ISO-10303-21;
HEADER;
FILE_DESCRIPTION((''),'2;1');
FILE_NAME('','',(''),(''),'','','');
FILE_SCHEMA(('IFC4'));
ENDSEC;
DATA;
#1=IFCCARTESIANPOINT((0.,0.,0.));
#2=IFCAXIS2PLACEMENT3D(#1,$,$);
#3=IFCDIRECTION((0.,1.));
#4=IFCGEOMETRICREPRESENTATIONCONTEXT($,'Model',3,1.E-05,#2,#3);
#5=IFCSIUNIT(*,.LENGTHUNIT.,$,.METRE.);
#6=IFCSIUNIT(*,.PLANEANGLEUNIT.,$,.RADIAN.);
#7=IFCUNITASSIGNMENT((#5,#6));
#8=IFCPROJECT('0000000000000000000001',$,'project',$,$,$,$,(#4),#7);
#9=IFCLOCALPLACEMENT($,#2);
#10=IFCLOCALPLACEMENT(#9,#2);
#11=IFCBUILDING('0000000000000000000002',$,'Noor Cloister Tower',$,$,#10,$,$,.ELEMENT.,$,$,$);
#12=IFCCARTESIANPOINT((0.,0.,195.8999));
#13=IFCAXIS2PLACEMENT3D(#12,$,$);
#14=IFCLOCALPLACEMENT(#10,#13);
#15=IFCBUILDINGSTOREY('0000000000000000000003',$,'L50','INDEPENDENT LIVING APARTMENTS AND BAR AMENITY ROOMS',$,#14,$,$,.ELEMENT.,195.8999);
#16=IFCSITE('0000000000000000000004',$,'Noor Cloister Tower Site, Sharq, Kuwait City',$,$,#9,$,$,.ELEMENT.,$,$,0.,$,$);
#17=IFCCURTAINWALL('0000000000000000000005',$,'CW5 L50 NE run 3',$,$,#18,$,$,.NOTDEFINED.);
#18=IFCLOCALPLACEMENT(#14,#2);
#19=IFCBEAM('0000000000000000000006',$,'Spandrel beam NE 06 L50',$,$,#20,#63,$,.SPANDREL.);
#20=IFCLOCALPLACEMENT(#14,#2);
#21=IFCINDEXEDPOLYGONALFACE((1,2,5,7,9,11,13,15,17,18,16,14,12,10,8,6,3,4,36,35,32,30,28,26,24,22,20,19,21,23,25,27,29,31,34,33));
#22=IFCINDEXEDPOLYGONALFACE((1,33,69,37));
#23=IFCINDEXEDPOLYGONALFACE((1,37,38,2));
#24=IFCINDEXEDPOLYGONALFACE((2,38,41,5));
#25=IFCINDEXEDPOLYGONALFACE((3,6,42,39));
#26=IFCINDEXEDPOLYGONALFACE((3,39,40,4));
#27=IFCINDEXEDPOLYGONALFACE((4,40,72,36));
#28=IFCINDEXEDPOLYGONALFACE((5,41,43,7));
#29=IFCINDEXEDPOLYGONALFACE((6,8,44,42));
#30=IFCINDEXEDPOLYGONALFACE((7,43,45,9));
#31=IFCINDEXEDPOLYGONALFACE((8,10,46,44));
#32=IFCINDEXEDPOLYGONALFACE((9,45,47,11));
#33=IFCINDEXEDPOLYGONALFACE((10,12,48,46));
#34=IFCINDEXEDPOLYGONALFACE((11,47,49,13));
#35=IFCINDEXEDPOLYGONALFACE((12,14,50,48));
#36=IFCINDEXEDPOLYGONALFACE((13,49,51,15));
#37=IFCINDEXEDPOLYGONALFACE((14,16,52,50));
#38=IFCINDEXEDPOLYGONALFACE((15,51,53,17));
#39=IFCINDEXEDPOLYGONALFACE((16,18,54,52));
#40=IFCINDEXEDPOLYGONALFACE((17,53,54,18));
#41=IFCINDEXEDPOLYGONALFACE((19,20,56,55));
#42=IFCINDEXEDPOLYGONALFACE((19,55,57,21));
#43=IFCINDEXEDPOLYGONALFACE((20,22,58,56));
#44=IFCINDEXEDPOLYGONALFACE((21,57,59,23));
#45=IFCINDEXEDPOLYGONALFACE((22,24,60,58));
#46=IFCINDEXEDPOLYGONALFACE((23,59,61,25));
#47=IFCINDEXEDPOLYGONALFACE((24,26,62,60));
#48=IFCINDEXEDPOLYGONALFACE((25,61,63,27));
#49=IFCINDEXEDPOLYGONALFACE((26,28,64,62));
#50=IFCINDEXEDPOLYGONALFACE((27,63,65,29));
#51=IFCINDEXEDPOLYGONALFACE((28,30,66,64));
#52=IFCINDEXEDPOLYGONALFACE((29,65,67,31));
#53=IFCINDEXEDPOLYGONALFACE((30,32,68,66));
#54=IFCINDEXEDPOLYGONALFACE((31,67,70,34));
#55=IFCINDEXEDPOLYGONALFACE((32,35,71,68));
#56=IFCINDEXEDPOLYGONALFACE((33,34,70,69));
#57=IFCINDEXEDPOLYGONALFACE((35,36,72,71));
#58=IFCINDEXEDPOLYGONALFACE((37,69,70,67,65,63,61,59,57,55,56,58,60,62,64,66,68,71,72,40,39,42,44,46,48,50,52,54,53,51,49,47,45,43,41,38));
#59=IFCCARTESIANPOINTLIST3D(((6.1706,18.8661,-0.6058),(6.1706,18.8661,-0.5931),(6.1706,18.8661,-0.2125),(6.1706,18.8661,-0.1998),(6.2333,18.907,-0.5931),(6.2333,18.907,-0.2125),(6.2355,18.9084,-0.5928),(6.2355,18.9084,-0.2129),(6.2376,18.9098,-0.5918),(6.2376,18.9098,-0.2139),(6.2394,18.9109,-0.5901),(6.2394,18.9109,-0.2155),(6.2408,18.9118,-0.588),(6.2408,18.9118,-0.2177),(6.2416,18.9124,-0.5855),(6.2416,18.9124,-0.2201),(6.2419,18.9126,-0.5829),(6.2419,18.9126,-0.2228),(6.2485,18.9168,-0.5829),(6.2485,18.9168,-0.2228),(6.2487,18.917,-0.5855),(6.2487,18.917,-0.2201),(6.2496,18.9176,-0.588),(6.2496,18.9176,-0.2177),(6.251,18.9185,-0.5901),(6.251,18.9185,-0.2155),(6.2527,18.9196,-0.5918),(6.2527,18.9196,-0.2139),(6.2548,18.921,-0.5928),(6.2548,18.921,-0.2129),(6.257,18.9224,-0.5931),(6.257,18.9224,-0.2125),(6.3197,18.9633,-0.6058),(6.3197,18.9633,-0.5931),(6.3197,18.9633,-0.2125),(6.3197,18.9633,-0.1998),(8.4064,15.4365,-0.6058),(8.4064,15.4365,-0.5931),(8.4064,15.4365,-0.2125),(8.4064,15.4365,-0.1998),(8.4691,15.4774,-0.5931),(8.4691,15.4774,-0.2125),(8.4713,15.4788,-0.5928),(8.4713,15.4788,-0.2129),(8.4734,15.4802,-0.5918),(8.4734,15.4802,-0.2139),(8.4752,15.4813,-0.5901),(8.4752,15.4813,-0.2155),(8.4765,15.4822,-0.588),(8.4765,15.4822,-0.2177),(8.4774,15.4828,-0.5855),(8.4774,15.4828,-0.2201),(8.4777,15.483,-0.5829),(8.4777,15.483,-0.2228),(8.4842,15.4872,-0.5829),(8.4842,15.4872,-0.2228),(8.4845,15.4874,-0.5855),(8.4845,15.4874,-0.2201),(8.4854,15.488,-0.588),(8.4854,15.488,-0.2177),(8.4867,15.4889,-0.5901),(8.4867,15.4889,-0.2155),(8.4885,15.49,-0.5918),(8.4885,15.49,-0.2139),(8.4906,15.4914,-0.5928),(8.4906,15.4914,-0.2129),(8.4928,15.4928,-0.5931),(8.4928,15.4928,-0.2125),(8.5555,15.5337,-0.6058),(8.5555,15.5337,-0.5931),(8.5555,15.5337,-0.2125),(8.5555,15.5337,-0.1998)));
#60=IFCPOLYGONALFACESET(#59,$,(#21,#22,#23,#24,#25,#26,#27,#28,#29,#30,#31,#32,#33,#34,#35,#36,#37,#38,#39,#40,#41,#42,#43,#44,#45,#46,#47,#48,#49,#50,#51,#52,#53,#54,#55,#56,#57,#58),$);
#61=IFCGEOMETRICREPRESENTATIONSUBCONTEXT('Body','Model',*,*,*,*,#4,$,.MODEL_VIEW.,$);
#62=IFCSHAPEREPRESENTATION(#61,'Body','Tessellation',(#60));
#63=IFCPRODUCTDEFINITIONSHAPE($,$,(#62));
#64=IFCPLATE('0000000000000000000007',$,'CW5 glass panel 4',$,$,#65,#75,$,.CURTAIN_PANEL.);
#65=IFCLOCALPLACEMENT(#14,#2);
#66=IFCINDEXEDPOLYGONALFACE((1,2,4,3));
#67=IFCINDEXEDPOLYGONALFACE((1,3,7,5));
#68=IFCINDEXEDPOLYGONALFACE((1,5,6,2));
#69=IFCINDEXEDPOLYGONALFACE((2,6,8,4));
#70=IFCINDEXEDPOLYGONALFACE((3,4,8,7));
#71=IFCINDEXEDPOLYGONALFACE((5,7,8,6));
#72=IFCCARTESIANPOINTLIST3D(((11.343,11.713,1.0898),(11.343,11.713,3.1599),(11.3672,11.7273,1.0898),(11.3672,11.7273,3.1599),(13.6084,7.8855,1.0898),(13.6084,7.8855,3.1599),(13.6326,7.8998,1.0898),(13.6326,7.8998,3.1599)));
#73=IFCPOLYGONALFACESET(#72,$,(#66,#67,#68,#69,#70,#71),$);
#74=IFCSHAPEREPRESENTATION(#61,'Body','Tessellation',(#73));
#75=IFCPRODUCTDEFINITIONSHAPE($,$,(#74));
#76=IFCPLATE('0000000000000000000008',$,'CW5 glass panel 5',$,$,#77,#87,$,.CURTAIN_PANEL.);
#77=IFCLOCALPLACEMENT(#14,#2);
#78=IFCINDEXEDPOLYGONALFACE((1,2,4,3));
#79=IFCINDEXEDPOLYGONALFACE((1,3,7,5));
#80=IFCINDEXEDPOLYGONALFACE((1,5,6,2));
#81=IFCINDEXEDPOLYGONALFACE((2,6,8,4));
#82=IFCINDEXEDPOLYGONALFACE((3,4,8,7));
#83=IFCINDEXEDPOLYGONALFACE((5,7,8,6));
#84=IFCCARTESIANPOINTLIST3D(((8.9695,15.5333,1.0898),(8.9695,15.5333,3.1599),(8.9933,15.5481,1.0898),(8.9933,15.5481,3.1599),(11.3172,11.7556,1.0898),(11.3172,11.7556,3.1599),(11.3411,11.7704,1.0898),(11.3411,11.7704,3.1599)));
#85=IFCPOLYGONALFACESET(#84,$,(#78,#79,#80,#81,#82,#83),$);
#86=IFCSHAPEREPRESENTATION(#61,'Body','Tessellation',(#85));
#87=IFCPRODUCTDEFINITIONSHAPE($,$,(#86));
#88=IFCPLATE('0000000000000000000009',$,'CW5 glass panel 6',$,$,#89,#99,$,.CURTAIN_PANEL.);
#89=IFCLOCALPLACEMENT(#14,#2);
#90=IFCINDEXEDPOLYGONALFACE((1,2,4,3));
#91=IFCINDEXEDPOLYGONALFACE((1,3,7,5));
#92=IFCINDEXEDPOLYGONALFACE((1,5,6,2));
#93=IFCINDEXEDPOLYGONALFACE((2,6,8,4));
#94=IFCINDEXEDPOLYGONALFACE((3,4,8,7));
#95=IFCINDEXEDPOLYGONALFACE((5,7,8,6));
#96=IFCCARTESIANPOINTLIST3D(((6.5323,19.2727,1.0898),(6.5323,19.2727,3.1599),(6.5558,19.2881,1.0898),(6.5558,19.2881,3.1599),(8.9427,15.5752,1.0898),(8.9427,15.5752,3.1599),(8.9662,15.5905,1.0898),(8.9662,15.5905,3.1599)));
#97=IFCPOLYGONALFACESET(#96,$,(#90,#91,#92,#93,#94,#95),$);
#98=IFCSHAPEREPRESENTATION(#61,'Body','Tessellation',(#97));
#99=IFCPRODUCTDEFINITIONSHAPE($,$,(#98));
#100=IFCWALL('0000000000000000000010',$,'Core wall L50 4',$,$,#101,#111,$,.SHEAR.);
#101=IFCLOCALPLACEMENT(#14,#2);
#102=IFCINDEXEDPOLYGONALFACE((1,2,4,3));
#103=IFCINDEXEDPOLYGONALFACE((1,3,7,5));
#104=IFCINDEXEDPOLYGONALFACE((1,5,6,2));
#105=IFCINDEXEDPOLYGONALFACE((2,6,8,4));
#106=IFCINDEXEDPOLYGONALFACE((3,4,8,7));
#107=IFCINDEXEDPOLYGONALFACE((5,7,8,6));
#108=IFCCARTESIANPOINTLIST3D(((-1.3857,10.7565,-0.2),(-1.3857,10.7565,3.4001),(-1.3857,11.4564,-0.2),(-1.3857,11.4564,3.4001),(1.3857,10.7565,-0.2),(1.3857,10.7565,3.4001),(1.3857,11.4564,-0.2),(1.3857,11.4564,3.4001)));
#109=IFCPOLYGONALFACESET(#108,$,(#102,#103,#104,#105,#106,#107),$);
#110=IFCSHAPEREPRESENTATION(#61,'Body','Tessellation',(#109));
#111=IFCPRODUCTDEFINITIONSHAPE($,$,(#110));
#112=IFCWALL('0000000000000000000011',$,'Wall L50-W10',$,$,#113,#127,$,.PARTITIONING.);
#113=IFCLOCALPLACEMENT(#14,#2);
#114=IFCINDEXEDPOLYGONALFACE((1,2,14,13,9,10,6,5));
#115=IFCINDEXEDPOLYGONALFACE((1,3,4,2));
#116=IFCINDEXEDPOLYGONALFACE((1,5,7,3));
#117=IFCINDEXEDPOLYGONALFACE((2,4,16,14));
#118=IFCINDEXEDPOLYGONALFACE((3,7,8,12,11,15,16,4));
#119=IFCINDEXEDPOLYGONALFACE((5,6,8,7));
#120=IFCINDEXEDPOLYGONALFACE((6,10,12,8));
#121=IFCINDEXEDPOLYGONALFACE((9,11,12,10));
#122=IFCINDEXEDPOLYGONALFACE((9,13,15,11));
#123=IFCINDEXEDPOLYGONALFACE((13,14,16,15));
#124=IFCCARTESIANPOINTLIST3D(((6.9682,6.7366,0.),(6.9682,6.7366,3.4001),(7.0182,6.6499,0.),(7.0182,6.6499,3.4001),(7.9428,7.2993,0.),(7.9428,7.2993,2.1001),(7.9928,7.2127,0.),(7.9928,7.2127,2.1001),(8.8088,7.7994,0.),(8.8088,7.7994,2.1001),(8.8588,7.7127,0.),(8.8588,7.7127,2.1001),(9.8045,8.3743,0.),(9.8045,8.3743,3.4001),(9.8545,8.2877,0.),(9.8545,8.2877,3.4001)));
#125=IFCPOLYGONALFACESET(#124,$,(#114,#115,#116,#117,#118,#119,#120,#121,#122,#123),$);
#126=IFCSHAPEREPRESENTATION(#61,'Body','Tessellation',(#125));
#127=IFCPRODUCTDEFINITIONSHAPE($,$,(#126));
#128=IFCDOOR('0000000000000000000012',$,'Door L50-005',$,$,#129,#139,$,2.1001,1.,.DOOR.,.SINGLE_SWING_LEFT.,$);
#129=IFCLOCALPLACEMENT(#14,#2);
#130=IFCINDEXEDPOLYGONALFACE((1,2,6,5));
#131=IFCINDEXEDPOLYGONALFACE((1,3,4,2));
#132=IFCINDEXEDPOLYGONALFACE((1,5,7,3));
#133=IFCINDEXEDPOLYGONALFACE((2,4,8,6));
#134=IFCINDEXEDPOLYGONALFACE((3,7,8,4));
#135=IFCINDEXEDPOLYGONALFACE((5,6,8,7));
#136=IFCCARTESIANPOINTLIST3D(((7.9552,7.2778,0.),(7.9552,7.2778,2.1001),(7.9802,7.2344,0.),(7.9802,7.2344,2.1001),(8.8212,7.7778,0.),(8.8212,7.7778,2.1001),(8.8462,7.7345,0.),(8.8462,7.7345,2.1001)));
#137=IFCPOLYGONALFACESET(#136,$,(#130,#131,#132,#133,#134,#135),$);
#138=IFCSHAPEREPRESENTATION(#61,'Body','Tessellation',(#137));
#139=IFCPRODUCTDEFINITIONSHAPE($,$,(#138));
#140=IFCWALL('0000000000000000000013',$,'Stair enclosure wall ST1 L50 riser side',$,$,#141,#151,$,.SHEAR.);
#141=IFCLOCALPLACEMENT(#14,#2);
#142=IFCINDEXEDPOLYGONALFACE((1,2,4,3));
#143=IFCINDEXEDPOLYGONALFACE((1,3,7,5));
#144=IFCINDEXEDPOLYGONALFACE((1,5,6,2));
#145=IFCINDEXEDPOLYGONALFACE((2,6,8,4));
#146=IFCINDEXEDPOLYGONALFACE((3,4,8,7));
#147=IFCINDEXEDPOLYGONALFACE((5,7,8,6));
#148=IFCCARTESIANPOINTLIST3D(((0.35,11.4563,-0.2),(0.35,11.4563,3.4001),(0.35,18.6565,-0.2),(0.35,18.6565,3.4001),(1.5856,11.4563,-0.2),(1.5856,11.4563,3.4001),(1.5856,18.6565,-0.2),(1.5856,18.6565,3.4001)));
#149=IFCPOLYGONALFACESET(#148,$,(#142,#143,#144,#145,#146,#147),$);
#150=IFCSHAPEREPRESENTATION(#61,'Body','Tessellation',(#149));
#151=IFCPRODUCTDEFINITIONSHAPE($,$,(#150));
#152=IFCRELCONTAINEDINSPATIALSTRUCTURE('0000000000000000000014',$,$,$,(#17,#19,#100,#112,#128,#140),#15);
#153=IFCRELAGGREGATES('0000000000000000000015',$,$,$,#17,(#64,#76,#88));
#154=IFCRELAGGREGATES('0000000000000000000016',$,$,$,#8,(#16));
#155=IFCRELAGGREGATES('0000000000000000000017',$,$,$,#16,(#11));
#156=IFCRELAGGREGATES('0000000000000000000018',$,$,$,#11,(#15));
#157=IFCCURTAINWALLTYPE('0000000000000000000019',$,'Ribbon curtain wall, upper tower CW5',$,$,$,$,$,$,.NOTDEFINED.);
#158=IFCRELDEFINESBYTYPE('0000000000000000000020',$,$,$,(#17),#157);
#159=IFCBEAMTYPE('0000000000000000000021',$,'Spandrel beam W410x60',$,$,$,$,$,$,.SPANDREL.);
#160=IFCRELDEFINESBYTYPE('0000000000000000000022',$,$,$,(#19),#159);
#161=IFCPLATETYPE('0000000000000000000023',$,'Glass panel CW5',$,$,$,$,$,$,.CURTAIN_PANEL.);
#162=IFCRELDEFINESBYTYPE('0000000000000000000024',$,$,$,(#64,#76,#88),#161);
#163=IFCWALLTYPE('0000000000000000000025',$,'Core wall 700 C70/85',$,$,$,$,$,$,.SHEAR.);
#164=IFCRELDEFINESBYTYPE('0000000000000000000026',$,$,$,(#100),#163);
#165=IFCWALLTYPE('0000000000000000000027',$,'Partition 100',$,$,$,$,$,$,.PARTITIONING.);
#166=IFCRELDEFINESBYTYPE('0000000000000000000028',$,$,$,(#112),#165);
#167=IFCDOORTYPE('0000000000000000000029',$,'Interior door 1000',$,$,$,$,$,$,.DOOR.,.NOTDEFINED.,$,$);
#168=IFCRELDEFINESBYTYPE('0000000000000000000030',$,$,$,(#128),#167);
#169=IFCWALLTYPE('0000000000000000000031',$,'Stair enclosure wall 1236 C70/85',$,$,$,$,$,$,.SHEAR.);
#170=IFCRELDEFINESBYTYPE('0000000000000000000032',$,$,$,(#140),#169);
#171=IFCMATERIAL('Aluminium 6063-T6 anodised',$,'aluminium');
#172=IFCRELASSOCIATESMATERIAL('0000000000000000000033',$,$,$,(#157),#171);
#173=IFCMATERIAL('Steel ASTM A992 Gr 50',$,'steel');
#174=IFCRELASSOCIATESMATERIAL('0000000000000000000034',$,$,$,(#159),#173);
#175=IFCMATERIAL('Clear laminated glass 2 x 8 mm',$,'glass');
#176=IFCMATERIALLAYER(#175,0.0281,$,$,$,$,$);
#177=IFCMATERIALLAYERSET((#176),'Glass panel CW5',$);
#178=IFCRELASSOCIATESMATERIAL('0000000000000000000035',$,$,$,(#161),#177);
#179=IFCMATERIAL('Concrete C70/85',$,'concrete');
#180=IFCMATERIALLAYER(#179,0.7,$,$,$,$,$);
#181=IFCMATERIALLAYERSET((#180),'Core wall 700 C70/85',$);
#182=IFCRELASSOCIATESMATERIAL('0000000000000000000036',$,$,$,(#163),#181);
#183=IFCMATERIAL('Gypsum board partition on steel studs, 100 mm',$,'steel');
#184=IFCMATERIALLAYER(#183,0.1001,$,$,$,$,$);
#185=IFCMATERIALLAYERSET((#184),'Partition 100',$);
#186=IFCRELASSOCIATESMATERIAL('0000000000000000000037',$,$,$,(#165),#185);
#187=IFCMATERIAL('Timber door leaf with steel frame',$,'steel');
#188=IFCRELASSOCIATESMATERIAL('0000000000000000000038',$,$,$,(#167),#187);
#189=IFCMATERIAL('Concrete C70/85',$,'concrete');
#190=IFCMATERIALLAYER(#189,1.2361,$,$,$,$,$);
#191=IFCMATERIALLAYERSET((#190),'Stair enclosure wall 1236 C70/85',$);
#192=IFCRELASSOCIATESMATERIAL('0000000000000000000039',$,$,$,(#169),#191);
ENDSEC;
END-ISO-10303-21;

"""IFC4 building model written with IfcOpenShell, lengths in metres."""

from ifc_helpers import new_model, si_unit, direction, frame, frame_2d, origin, origin_2d, place, context, subcontext, project, spatial, rectangle, i_section, extrude, material, layer, layer_set, material_profile, profile_set, type_object, element, fill, aggregate, save


model = new_model("IFC4")

# Units and contexts
model_context = context("Model", 3, precision=1e-05, world=origin(), true_north=direction((0.0, 1.0)))
body_context = subcontext(model_context, "Body", "Model", "MODEL_VIEW")
ifc_project = project(units=[si_unit("LENGTHUNIT", "METRE"), si_unit("PLANEANGLEUNIT", "RADIAN")], contexts=[model_context])

# Site, building, storey
site_placement = place(None, origin())
site = spatial("IfcSite", under=ifc_project, at=site_placement, Name="Noor Cloister Tower Site, Sharq, Kuwait City", CompositionType="ELEMENT", RefElevation=0.0)
building_placement = place(site_placement, origin())
building = spatial("IfcBuilding", under=site, at=building_placement, Name="Noor Cloister Tower", CompositionType="ELEMENT")
storey_placement = place(building_placement, frame((0.0, 0.0, 195.8999)))
storey = spatial("IfcBuildingStorey", under=building, at=storey_placement, Name="L50", Description="INDEPENDENT LIVING APARTMENTS AND BAR AMENITY ROOMS", CompositionType="ELEMENT", Elevation=195.8999)

# Curtain wall
ifc_material_1 = material(Name="Aluminium 6063-T6 anodised", Category="aluminium")
curtain_wall_type = type_object("IfcCurtainWallType", Name="Ribbon curtain wall, upper tower CW5", PredefinedType="NOTDEFINED", material=ifc_material_1)
curtain_wall_placement = place(storey_placement, origin())
curtain_wall = element("IfcCurtainWall", 1, at=curtain_wall_placement, inside=storey, type_object=curtain_wall_type, Name="CW5 L50 NE run 3", PredefinedType="NOTDEFINED")

# Beam
ifc_material_2 = material(Name="Steel ASTM A992 Gr 50", Category="steel")
ifc_material_profile_1 = material_profile(ifc_material_2, i_section(OverallWidth=0.178, OverallDepth=0.406, WebThickness=0.0078, FlangeThickness=0.0127, FilletRadius=0.0103, at=origin_2d()), Name="W410x60")
ifc_profile_set_1 = profile_set([ifc_material_profile_1], Name="Steel ASTM A992 Gr 50")
beam_type_1 = type_object("IfcBeamType", Name="Spandrel beam W410x60", PredefinedType="SPANDREL", material=ifc_profile_set_1)
for number, where, z_axis, x_axis, name in (
    (2, (8.481, 15.4851, -0.4028), (-0.546111, 0.837713, 0.0), (-0.837713, -0.546111, 0.0), "Spandrel beam NE 06 L50"),
):
    element("IfcBeam", number, at=place(storey_placement, frame(where, z_axis=z_axis, x_axis=x_axis)), inside=storey, type_object=beam_type_1, Name=name, PredefinedType="SPANDREL", context=body_context, shape_type="SweptSolid", body=[
        extrude(i_section(OverallWidth=0.178, OverallDepth=0.406, WebThickness=0.0078, FlangeThickness=0.0127, FilletRadius=0.0103, at=origin_2d()), origin(), (0.0, 0.0, 1.0), 4.094),
    ])

# Plates
ifc_material_3 = material(Name="Clear laminated glass 2 x 8 mm", Category="glass")
ifc_layer_1 = layer(ifc_material_3, 0.0281)
ifc_layer_set_1 = layer_set([ifc_layer_1], Name="Glass panel CW5")
plate_type = type_object("IfcPlateType", Name="Glass panel CW5", PredefinedType="CURTAIN_PANEL", material=ifc_layer_set_1)
plate_1_placement = place(storey_placement, frame((12.4878, 9.8064, 1.0898), z_axis=(0.0, 0.0, 1.0), x_axis=(-0.509341, 0.860565, 0.0)))
plate_1 = element("IfcPlate", 3, at=plate_1_placement, type_object=plate_type, Name="CW5 glass panel 4", PredefinedType="CURTAIN_PANEL", context=body_context, shape_type="SweptSolid", body=[
    extrude(rectangle(XDim=4.4478, YDim=0.0281, at=origin_2d()), origin(), (0.0, 0.0, 1.0), 2.0701),
])
plate_2_placement = place(storey_placement, frame((10.1553, 13.6519, 1.0898), z_axis=(0.0, 0.0, 1.0), x_axis=(-0.527843, 0.849342, 0.0)))
plate_2 = element("IfcPlate", 4, at=plate_2_placement, type_object=plate_type, Name="CW5 glass panel 5", PredefinedType="CURTAIN_PANEL", context=body_context, shape_type="SweptSolid", body=[
    extrude(rectangle(XDim=4.4478, YDim=0.0281, at=origin_2d()), origin(), (0.0, 0.0, 1.0), 2.0701),
])
plate_3_placement = place(storey_placement, frame((7.7493, 17.4316, 1.0898), z_axis=(0.0, 0.0, 1.0), x_axis=(-0.546098, 0.837721, 0.0)))
plate_3 = element("IfcPlate", 5, at=plate_3_placement, type_object=plate_type, Name="CW5 glass panel 6", PredefinedType="CURTAIN_PANEL", context=body_context, shape_type="SweptSolid", body=[
    extrude(rectangle(XDim=4.4138, YDim=0.0281, at=origin_2d()), origin(), (0.0, 0.0, 1.0), 2.0701),
])
aggregate(curtain_wall, [plate_1, plate_2, plate_3])

# Wall
ifc_material_4 = material(Name="Concrete C70/85", Category="concrete")
ifc_layer_2 = layer(ifc_material_4, 0.7)
ifc_layer_set_2 = layer_set([ifc_layer_2], Name="Core wall 700 C70/85")
wall_type_1 = type_object("IfcWallType", Name="Core wall 700 C70/85", PredefinedType="SHEAR", material=ifc_layer_set_2)
wall_1_placement = place(storey_placement, frame((1.3857, 11.1064, -0.2), z_axis=(0.0, 0.0, 1.0), x_axis=(-1.0, 0.0, 0.0)))
element("IfcWall", 6, at=wall_1_placement, inside=storey, type_object=wall_type_1, Name="Core wall L50 4", PredefinedType="SHEAR", context=body_context, shape_type="SweptSolid", body=[
    extrude(rectangle(XDim=2.7715, YDim=0.7, at=frame_2d((1.3857, 0.0))), origin(), (0.0, 0.0, 1.0), 3.6001),
])

# Wall, opening, door
ifc_material_5 = material(Name="Gypsum board partition on steel studs, 100 mm", Category="steel")
ifc_layer_3 = layer(ifc_material_5, 0.1001)
ifc_layer_set_3 = layer_set([ifc_layer_3], Name="Partition 100")
wall_type_2 = type_object("IfcWallType", Name="Partition 100", PredefinedType="PARTITIONING", material=ifc_layer_set_3)
wall_2_placement = place(storey_placement, frame((9.8296, 8.3311, 0.0), z_axis=(0.0, 0.0, 1.0), x_axis=(-0.865996, -0.500052, 0.0)))
wall_2 = element("IfcWall", 7, at=wall_2_placement, inside=storey, type_object=wall_type_2, Name="Wall L50-W10", PredefinedType="PARTITIONING", context=body_context, shape_type="SweptSolid", body=[
    extrude(rectangle(XDim=3.2751, YDim=0.1001, at=frame_2d((1.6377, 0.0))), origin(), (0.0, 0.0, 1.0), 3.4001),
])
opening_1_placement = place(wall_2_placement, frame((1.1499, 0.0, 0.0)))
opening_1 = element("IfcOpeningElement", 8, at=opening_1_placement, cuts=wall_2, PredefinedType="OPENING", context=body_context, shape_type="SweptSolid", body=[
    extrude(rectangle(XDim=1.0, YDim=2.1001, at=frame_2d((0.5, 1.05))), frame((0.0, 0.0601, 0.0), z_axis=(0.0, -1.0, 0.0), x_axis=(1.0, 0.0, 0.0)), (0.0, 0.0, 1.0), 0.1201),
])
ifc_material_6 = material(Name="Timber door leaf with steel frame", Category="steel")
door_type_1 = type_object("IfcDoorType", Name="Interior door 1000", OperationType="NOTDEFINED", PredefinedType="DOOR", material=ifc_material_6)
door_1_placement = place(opening_1_placement, origin())
door_1 = element("IfcDoor", 9, at=door_1_placement, inside=storey, type_object=door_type_1, Name="Door L50-005", OperationType="SINGLE_SWING_LEFT", OverallHeight=2.1001, OverallWidth=1.0, PredefinedType="DOOR", context=body_context, shape_type="SweptSolid", body=[
    extrude(rectangle(XDim=1.0, YDim=2.1001, at=frame_2d((0.5, 1.05))), frame((0.0, 0.0249, 0.0), z_axis=(0.0, -1.0, 0.0), x_axis=(1.0, 0.0, 0.0)), (0.0, 0.0, 1.0), 0.05),
])
fill(opening_1, door_1)

# Wall
ifc_material_7 = material(Name="Concrete C70/85", Category="concrete")
ifc_layer_4 = layer(ifc_material_7, 1.2361)
ifc_layer_set_4 = layer_set([ifc_layer_4], Name="Stair enclosure wall 1236 C70/85")
wall_type_3 = type_object("IfcWallType", Name="Stair enclosure wall 1236 C70/85", PredefinedType="SHEAR", material=ifc_layer_set_4)
wall_3_placement = place(storey_placement, frame((0.9678, 11.4563, -0.2), z_axis=(0.0, 0.0, 1.0), x_axis=(0.0, 1.0, 0.0)))
element("IfcWall", 10, at=wall_3_placement, inside=storey, type_object=wall_type_3, Name="Stair enclosure wall ST1 L50 riser side", PredefinedType="SHEAR", context=body_context, shape_type="SweptSolid", body=[
    extrude(rectangle(XDim=7.2002, YDim=1.2356, at=frame_2d((3.6001, 0.0))), origin(), (0.0, 0.0, 1.0), 3.6001),
])

save(model, "model.ifc")
